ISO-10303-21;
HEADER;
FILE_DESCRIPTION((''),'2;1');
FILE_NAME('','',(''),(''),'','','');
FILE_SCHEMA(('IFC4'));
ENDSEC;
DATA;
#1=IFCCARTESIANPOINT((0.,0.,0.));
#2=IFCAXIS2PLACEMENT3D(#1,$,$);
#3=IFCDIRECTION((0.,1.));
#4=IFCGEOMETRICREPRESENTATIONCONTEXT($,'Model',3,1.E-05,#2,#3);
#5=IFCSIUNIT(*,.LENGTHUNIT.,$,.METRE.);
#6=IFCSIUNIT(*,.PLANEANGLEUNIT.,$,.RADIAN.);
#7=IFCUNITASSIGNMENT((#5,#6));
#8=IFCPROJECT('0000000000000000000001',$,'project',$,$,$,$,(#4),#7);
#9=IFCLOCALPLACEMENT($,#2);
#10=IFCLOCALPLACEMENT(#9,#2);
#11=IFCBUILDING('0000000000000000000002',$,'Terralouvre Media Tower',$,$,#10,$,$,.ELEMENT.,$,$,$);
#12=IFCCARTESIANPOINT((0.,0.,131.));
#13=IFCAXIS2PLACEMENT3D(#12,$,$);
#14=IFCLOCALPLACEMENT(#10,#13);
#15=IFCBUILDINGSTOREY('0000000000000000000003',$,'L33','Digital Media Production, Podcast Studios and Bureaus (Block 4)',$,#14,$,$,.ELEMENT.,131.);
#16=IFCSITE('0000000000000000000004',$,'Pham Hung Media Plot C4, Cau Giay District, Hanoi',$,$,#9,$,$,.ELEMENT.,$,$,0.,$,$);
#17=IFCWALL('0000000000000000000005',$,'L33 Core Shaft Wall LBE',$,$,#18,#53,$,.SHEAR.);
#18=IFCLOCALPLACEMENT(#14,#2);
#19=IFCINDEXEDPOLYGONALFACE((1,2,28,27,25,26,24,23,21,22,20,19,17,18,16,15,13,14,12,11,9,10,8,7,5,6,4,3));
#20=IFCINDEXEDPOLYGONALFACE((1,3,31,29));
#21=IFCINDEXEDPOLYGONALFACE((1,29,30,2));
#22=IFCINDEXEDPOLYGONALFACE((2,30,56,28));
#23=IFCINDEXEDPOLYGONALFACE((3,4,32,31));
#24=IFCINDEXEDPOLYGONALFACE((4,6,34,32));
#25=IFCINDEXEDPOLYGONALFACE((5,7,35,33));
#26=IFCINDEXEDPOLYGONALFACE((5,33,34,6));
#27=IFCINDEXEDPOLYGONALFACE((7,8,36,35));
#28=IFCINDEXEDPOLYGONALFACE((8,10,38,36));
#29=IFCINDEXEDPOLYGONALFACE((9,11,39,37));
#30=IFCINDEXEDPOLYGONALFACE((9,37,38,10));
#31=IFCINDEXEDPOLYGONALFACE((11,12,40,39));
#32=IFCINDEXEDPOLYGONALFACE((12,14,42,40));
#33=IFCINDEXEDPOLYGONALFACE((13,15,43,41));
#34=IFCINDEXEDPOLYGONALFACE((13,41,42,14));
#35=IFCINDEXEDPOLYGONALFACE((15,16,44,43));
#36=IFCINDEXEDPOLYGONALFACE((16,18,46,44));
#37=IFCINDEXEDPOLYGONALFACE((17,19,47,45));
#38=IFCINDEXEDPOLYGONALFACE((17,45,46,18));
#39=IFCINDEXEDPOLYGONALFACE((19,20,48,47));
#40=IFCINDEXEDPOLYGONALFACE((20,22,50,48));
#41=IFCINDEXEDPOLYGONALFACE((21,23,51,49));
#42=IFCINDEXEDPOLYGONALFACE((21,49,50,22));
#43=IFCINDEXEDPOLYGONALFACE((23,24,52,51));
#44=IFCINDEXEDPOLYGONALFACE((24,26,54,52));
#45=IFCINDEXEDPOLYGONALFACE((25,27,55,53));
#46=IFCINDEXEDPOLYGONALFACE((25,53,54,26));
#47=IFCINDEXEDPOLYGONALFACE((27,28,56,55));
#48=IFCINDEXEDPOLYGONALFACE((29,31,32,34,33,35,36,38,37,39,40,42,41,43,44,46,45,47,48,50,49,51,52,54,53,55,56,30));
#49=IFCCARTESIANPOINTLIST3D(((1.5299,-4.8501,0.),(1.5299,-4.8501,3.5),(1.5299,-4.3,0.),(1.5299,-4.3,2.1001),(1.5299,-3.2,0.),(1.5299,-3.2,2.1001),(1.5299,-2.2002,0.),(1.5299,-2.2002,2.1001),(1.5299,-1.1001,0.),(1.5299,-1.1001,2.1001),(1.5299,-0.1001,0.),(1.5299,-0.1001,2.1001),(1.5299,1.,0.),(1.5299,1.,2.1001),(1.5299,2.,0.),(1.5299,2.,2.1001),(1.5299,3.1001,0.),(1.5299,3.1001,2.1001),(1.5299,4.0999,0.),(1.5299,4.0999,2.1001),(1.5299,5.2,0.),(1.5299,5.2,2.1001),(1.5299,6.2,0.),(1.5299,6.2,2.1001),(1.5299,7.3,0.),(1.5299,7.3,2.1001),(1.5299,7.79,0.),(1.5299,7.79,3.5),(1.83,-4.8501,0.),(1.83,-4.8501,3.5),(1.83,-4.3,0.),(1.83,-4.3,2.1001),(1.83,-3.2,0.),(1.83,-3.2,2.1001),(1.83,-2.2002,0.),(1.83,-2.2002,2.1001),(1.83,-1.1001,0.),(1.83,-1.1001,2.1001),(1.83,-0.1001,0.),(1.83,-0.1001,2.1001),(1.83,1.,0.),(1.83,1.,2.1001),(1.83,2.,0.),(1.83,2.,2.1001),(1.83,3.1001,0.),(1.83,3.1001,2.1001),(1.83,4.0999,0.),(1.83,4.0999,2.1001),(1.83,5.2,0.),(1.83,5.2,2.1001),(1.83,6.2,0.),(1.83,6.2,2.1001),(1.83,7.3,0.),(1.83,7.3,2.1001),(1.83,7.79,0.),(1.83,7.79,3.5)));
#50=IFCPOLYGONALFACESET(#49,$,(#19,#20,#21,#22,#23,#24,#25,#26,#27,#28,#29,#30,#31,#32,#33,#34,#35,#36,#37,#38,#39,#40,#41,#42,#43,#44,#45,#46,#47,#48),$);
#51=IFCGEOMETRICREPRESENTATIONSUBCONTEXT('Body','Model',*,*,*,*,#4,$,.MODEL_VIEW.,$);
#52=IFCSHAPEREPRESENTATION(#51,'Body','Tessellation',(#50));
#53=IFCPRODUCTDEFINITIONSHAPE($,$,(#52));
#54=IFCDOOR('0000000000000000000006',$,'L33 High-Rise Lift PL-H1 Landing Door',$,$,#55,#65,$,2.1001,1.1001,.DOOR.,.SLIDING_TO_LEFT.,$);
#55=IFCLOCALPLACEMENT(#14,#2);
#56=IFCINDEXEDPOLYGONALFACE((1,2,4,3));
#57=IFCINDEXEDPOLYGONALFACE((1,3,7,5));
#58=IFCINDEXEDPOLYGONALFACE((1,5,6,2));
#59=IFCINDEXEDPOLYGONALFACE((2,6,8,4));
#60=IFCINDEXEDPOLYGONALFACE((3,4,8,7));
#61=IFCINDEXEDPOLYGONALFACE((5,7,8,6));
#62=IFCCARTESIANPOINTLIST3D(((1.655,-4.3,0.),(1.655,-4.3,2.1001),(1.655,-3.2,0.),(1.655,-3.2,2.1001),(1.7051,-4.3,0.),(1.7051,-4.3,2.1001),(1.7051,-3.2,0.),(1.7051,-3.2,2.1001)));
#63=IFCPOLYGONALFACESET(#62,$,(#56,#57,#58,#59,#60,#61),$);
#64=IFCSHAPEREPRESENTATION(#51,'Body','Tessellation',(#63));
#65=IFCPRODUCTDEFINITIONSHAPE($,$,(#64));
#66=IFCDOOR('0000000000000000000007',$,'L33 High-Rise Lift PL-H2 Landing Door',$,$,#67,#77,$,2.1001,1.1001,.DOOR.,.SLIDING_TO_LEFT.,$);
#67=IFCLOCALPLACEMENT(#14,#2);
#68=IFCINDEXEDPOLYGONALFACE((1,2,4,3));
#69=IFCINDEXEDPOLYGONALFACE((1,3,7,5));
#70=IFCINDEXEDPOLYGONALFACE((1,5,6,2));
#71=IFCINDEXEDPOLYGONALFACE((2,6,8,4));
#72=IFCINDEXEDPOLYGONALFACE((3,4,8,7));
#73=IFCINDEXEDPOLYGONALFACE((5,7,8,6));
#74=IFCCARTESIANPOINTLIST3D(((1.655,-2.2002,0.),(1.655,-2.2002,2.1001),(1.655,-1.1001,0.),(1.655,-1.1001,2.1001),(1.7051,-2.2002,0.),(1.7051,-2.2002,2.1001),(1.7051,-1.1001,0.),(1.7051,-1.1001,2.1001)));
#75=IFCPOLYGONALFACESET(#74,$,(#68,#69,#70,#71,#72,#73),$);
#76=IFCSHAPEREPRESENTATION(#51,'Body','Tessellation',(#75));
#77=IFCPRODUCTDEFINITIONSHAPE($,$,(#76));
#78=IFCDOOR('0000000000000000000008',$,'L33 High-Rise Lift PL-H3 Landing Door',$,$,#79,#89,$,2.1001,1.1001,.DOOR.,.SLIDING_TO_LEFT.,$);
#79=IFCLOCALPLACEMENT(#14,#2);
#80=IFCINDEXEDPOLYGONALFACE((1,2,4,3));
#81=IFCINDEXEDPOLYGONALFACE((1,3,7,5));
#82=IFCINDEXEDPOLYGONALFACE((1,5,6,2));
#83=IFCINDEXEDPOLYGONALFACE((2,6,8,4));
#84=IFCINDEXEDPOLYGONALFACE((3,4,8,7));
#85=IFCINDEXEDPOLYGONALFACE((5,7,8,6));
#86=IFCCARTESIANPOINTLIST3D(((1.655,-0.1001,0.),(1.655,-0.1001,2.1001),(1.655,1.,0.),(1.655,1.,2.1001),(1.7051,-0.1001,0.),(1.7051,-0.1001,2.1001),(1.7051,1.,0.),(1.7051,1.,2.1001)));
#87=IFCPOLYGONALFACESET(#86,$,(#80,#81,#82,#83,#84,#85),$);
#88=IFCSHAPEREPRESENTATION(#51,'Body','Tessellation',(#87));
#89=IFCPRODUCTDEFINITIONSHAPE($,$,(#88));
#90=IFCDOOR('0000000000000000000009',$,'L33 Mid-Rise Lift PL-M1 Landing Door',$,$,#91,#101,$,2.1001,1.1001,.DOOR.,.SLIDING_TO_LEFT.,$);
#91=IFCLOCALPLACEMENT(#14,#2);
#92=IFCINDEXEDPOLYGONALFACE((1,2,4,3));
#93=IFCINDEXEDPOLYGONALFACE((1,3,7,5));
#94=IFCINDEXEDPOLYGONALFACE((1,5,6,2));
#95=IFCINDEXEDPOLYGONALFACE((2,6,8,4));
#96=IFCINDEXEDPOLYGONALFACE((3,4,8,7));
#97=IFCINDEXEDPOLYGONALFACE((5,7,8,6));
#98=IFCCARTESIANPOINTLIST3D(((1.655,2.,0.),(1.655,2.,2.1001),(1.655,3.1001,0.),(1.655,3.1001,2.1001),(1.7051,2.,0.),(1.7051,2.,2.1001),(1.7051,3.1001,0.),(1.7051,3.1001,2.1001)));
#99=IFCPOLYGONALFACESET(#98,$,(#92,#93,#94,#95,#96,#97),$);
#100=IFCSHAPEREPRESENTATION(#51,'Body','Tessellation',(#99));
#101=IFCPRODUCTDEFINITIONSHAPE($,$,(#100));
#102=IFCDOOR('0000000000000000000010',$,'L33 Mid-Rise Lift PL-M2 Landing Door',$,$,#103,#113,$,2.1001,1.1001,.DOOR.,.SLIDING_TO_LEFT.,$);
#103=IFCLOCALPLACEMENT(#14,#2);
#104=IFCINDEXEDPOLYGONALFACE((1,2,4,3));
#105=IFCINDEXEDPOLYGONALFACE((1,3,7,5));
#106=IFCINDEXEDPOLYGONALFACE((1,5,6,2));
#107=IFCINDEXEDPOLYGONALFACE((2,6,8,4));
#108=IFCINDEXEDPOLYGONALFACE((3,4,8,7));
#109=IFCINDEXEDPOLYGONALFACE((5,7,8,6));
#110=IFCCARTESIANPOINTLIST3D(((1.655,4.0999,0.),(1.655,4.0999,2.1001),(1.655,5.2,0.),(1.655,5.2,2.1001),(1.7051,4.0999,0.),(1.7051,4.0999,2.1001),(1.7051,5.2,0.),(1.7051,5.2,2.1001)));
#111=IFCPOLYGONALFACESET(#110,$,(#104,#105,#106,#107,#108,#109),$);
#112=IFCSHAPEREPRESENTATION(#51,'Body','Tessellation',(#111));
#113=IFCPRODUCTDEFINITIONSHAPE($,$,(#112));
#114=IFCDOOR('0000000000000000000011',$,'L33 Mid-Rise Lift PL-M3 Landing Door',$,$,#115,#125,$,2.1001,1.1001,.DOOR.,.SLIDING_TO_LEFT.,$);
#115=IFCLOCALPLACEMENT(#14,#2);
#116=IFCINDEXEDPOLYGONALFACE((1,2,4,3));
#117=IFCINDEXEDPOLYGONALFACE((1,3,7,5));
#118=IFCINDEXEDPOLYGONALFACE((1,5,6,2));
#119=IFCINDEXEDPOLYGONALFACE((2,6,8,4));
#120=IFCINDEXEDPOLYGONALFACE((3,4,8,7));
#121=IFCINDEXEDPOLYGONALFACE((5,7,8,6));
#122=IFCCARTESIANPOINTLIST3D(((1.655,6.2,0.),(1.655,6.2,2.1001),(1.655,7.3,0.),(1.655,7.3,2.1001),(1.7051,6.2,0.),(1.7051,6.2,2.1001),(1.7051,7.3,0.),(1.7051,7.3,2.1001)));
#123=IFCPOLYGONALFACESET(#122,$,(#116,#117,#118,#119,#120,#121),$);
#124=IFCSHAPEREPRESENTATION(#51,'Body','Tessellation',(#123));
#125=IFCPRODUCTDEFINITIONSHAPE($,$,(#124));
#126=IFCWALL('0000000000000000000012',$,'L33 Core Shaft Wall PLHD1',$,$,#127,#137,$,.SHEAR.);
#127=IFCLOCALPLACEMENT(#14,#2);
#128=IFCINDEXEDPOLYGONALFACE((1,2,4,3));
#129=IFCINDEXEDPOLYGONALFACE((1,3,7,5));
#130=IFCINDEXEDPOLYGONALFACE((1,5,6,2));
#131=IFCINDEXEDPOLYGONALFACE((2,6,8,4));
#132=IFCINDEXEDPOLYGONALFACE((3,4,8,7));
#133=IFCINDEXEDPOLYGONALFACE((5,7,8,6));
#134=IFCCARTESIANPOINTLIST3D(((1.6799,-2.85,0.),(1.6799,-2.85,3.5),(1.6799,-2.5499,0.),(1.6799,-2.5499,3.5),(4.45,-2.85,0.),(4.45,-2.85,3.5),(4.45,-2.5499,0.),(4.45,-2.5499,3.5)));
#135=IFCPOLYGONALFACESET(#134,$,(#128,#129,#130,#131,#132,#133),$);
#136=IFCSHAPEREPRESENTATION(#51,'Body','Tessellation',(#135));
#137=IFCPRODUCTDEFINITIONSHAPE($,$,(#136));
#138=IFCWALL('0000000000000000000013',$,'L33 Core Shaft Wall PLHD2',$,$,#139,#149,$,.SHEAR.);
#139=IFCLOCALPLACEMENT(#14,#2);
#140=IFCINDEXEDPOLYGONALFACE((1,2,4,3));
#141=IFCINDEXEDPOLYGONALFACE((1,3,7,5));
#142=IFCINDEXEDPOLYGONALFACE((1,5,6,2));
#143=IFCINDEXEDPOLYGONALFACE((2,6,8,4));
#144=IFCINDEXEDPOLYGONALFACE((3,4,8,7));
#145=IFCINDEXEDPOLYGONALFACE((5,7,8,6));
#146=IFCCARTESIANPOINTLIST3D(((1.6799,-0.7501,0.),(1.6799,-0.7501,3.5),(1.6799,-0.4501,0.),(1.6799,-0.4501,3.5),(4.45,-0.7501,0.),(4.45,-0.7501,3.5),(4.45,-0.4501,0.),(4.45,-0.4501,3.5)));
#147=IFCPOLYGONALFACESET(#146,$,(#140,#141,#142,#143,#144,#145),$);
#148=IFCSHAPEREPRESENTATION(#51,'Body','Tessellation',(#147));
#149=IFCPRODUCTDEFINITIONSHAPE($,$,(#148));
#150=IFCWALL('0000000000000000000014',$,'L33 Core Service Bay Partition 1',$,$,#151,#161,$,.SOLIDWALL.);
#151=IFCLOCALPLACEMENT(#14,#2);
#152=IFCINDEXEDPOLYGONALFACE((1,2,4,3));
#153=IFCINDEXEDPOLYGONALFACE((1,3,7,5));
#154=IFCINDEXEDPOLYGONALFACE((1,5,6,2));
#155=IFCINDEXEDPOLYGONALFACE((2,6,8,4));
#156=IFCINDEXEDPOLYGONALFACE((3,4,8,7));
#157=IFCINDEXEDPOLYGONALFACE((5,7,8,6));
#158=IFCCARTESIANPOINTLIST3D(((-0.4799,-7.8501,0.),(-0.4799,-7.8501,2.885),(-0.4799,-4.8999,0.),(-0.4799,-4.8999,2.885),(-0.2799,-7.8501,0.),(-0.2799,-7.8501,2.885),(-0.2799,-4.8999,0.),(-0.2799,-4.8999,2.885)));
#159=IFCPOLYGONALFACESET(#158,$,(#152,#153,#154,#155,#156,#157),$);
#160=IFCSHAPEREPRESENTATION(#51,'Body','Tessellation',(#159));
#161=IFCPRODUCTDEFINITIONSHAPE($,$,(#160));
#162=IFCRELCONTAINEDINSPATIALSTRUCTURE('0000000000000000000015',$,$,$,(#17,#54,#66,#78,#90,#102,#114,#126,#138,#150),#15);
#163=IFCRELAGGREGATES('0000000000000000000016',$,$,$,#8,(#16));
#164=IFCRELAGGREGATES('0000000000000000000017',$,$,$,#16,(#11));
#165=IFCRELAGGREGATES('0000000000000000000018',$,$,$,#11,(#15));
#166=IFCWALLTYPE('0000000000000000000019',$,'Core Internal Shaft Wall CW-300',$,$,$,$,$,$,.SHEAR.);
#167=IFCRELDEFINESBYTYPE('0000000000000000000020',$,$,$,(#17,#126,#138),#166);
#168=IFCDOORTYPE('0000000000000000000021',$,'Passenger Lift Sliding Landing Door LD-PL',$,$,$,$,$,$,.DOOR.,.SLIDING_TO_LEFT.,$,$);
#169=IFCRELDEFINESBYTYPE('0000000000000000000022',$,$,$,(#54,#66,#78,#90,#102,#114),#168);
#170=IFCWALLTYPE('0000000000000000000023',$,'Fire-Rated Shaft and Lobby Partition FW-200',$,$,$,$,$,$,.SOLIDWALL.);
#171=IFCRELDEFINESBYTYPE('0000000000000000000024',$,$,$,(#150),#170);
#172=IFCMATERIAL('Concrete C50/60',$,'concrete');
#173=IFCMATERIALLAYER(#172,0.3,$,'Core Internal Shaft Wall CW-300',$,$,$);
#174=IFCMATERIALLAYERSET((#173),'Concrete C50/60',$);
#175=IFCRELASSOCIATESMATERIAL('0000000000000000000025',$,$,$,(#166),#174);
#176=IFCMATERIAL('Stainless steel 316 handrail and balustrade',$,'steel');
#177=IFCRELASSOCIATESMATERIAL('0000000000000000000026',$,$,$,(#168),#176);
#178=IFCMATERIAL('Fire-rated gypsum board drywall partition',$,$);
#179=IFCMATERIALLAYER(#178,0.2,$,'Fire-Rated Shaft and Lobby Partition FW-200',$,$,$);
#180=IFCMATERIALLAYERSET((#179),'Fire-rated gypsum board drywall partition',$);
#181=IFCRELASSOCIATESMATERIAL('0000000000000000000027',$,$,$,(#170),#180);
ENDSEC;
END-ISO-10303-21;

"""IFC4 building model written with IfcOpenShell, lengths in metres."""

from ifc_helpers import new_model, si_unit, direction, frame, frame_2d, origin, place, context, subcontext, project, spatial, rectangle, extrude, material, layer, layer_set, type_object, element, fill, save


model = new_model("IFC4")

# Units and contexts
model_context = context("Model", 3, precision=1e-05, world=origin(), true_north=direction((0.0, 1.0)))
body_context = subcontext(model_context, "Body", "Model", "MODEL_VIEW")
ifc_project = project(units=[si_unit("LENGTHUNIT", "METRE"), si_unit("PLANEANGLEUNIT", "RADIAN")], contexts=[model_context])

# Site, building, storey
site_placement = place(None, origin())
site = spatial("IfcSite", under=ifc_project, at=site_placement, Name="Pham Hung Media Plot C4, Cau Giay District, Hanoi", CompositionType="ELEMENT", RefElevation=0.0)
building_placement = place(site_placement, origin())
building = spatial("IfcBuilding", under=site, at=building_placement, Name="Terralouvre Media Tower", CompositionType="ELEMENT")
storey_placement = place(building_placement, frame((0.0, 0.0, 131.0)))
storey = spatial("IfcBuildingStorey", under=building, at=storey_placement, Name="L33", Description="Digital Media Production, Podcast Studios and Bureaus (Block 4)", CompositionType="ELEMENT", Elevation=131.0)

# Shared definitions
ifc_material_1 = material(Name="Concrete C50/60", Category="concrete")
ifc_layer_1 = layer(ifc_material_1, 0.3, Name="Core Internal Shaft Wall CW-300")
ifc_layer_set_1 = layer_set([ifc_layer_1], Name="Concrete C50/60")
wall_type_1 = type_object("IfcWallType", Name="Core Internal Shaft Wall CW-300", PredefinedType="SHEAR", material=ifc_layer_set_1)

# Wall, openings, doors
wall_1_placement = place(storey_placement, frame((1.6799, -4.8501, 0.0), z_axis=(0.0, 0.0, 1.0), x_axis=(0.0, 1.0, 0.0)))
wall_1 = element("IfcWall", 1, at=wall_1_placement, inside=storey, type_object=wall_type_1, Name="L33 Core Shaft Wall LBE", PredefinedType="SHEAR", context=body_context, shape_type="SweptSolid", body=[
    extrude(rectangle(XDim=12.6401, YDim=0.3, at=frame_2d((6.3201, 0.0))), origin(), (0.0, 0.0, 1.0), 3.5),
])
opening_1_placement = place(wall_1_placement, frame((0.55, 0.0, 0.0)))
opening_1 = element("IfcOpeningElement", 2, at=opening_1_placement, cuts=wall_1, PredefinedType="OPENING", context=body_context, shape_type="SweptSolid", body=[
    extrude(rectangle(XDim=1.1001, YDim=2.1001, at=frame_2d((0.55, 1.05))), frame((0.0, 0.1599, 0.0), z_axis=(0.0, -1.0, 0.0), x_axis=(1.0, 0.0, 0.0)), (0.0, 0.0, 1.0), 0.3201),
])
opening_2_placement = place(wall_1_placement, frame((2.6499, 0.0, 0.0)))
opening_2 = element("IfcOpeningElement", 3, at=opening_2_placement, cuts=wall_1, PredefinedType="OPENING", context=body_context, shape_type="SweptSolid", body=[
    extrude(rectangle(XDim=1.1001, YDim=2.1001, at=frame_2d((0.55, 1.05))), frame((0.0, 0.1599, 0.0), z_axis=(0.0, -1.0, 0.0), x_axis=(1.0, 0.0, 0.0)), (0.0, 0.0, 1.0), 0.3201),
])
opening_3_placement = place(wall_1_placement, frame((4.75, 0.0, 0.0)))
opening_3 = element("IfcOpeningElement", 4, at=opening_3_placement, cuts=wall_1, PredefinedType="OPENING", context=body_context, shape_type="SweptSolid", body=[
    extrude(rectangle(XDim=1.1001, YDim=2.1001, at=frame_2d((0.55, 1.05))), frame((0.0, 0.1599, 0.0), z_axis=(0.0, -1.0, 0.0), x_axis=(1.0, 0.0, 0.0)), (0.0, 0.0, 1.0), 0.3201),
])
opening_4_placement = place(wall_1_placement, frame((6.8501, 0.0, 0.0)))
opening_4 = element("IfcOpeningElement", 5, at=opening_4_placement, cuts=wall_1, PredefinedType="OPENING", context=body_context, shape_type="SweptSolid", body=[
    extrude(rectangle(XDim=1.1001, YDim=2.1001, at=frame_2d((0.55, 1.05))), frame((0.0, 0.1599, 0.0), z_axis=(0.0, -1.0, 0.0), x_axis=(1.0, 0.0, 0.0)), (0.0, 0.0, 1.0), 0.3201),
])
opening_5_placement = place(wall_1_placement, frame((8.95, 0.0, 0.0)))
opening_5 = element("IfcOpeningElement", 6, at=opening_5_placement, cuts=wall_1, PredefinedType="OPENING", context=body_context, shape_type="SweptSolid", body=[
    extrude(rectangle(XDim=1.1001, YDim=2.1001, at=frame_2d((0.55, 1.05))), frame((0.0, 0.1599, 0.0), z_axis=(0.0, -1.0, 0.0), x_axis=(1.0, 0.0, 0.0)), (0.0, 0.0, 1.0), 0.3201),
])
opening_6_placement = place(wall_1_placement, frame((11.05, 0.0, 0.0)))
opening_6 = element("IfcOpeningElement", 7, at=opening_6_placement, cuts=wall_1, PredefinedType="OPENING", context=body_context, shape_type="SweptSolid", body=[
    extrude(rectangle(XDim=1.1001, YDim=2.1001, at=frame_2d((0.55, 1.05))), frame((0.0, 0.1599, 0.0), z_axis=(0.0, -1.0, 0.0), x_axis=(1.0, 0.0, 0.0)), (0.0, 0.0, 1.0), 0.3201),
])
ifc_material_2 = material(Name="Stainless steel 316 handrail and balustrade", Category="steel")
door_type_1 = type_object("IfcDoorType", Name="Passenger Lift Sliding Landing Door LD-PL", OperationType="SLIDING_TO_LEFT", PredefinedType="DOOR", material=ifc_material_2)
door_1_placement = place(opening_1_placement, origin())
door_1 = element("IfcDoor", 8, at=door_1_placement, inside=storey, type_object=door_type_1, Name="L33 High-Rise Lift PL-H1 Landing Door", OperationType="SLIDING_TO_LEFT", OverallHeight=2.1001, OverallWidth=1.1001, PredefinedType="DOOR", context=body_context, shape_type="SweptSolid", body=[
    extrude(rectangle(XDim=1.1001, YDim=2.1001, at=frame_2d((0.55, 1.05))), frame((0.0, 0.0249, 0.0), z_axis=(0.0, -1.0, 0.0), x_axis=(1.0, 0.0, 0.0)), (0.0, 0.0, 1.0), 0.05),
])
fill(opening_1, door_1)
door_2_placement = place(opening_2_placement, origin())
door_2 = element("IfcDoor", 9, at=door_2_placement, inside=storey, type_object=door_type_1, Name="L33 High-Rise Lift PL-H2 Landing Door", OperationType="SLIDING_TO_LEFT", OverallHeight=2.1001, OverallWidth=1.1001, PredefinedType="DOOR", context=body_context, shape_type="SweptSolid", body=[
    extrude(rectangle(XDim=1.1001, YDim=2.1001, at=frame_2d((0.55, 1.05))), frame((0.0, 0.0249, 0.0), z_axis=(0.0, -1.0, 0.0), x_axis=(1.0, 0.0, 0.0)), (0.0, 0.0, 1.0), 0.05),
])
fill(opening_2, door_2)
door_3_placement = place(opening_3_placement, origin())
door_3 = element("IfcDoor", 10, at=door_3_placement, inside=storey, type_object=door_type_1, Name="L33 High-Rise Lift PL-H3 Landing Door", OperationType="SLIDING_TO_LEFT", OverallHeight=2.1001, OverallWidth=1.1001, PredefinedType="DOOR", context=body_context, shape_type="SweptSolid", body=[
    extrude(rectangle(XDim=1.1001, YDim=2.1001, at=frame_2d((0.55, 1.05))), frame((0.0, 0.0249, 0.0), z_axis=(0.0, -1.0, 0.0), x_axis=(1.0, 0.0, 0.0)), (0.0, 0.0, 1.0), 0.05),
])
fill(opening_3, door_3)
door_4_placement = place(opening_4_placement, origin())
door_4 = element("IfcDoor", 11, at=door_4_placement, inside=storey, type_object=door_type_1, Name="L33 Mid-Rise Lift PL-M1 Landing Door", OperationType="SLIDING_TO_LEFT", OverallHeight=2.1001, OverallWidth=1.1001, PredefinedType="DOOR", context=body_context, shape_type="SweptSolid", body=[
    extrude(rectangle(XDim=1.1001, YDim=2.1001, at=frame_2d((0.55, 1.05))), frame((0.0, 0.0249, 0.0), z_axis=(0.0, -1.0, 0.0), x_axis=(1.0, 0.0, 0.0)), (0.0, 0.0, 1.0), 0.05),
])
fill(opening_4, door_4)
door_5_placement = place(opening_5_placement, origin())
door_5 = element("IfcDoor", 12, at=door_5_placement, inside=storey, type_object=door_type_1, Name="L33 Mid-Rise Lift PL-M2 Landing Door", OperationType="SLIDING_TO_LEFT", OverallHeight=2.1001, OverallWidth=1.1001, PredefinedType="DOOR", context=body_context, shape_type="SweptSolid", body=[
    extrude(rectangle(XDim=1.1001, YDim=2.1001, at=frame_2d((0.55, 1.05))), frame((0.0, 0.0249, 0.0), z_axis=(0.0, -1.0, 0.0), x_axis=(1.0, 0.0, 0.0)), (0.0, 0.0, 1.0), 0.05),
])
fill(opening_5, door_5)
door_6_placement = place(opening_6_placement, origin())
door_6 = element("IfcDoor", 13, at=door_6_placement, inside=storey, type_object=door_type_1, Name="L33 Mid-Rise Lift PL-M3 Landing Door", OperationType="SLIDING_TO_LEFT", OverallHeight=2.1001, OverallWidth=1.1001, PredefinedType="DOOR", context=body_context, shape_type="SweptSolid", body=[
    extrude(rectangle(XDim=1.1001, YDim=2.1001, at=frame_2d((0.55, 1.05))), frame((0.0, 0.0249, 0.0), z_axis=(0.0, -1.0, 0.0), x_axis=(1.0, 0.0, 0.0)), (0.0, 0.0, 1.0), 0.05),
])
fill(opening_6, door_6)

# Walls
for number, where, z_axis, x_axis, name in (
    (14, (1.6799, -2.7, 0.0), (0.0, 0.0, 1.0), (1.0, 0.0, 0.0), "L33 Core Shaft Wall PLHD1"),
    (15, (1.6799, -0.6001, 0.0), (0.0, 0.0, 1.0), (1.0, 0.0, 0.0), "L33 Core Shaft Wall PLHD2"),
):
    element("IfcWall", number, at=place(storey_placement, frame(where, z_axis=z_axis, x_axis=x_axis)), inside=storey, type_object=wall_type_1, Name=name, PredefinedType="SHEAR", context=body_context, shape_type="SweptSolid", body=[
        extrude(rectangle(XDim=2.77, YDim=0.3, at=frame_2d((1.385, 0.0))), origin(), (0.0, 0.0, 1.0), 3.5),
    ])
ifc_material_3 = material(Name="Fire-rated gypsum board drywall partition")
ifc_layer_2 = layer(ifc_material_3, 0.2, Name="Fire-Rated Shaft and Lobby Partition FW-200")
ifc_layer_set_2 = layer_set([ifc_layer_2], Name="Fire-rated gypsum board drywall partition")
wall_type_2 = type_object("IfcWallType", Name="Fire-Rated Shaft and Lobby Partition FW-200", PredefinedType="SOLIDWALL", material=ifc_layer_set_2)
wall_2_placement = place(storey_placement, frame((-0.3799, -7.8501, 0.0), z_axis=(0.0, 0.0, 1.0), x_axis=(0.0, 1.0, 0.0)))
element("IfcWall", 16, at=wall_2_placement, inside=storey, type_object=wall_type_2, Name="L33 Core Service Bay Partition 1", PredefinedType="SOLIDWALL", context=body_context, shape_type="SweptSolid", body=[
    extrude(rectangle(XDim=2.9502, YDim=0.2, at=frame_2d((1.4751, 0.0))), origin(), (0.0, 0.0, 1.0), 2.885),
])

save(model, "model.ifc")
